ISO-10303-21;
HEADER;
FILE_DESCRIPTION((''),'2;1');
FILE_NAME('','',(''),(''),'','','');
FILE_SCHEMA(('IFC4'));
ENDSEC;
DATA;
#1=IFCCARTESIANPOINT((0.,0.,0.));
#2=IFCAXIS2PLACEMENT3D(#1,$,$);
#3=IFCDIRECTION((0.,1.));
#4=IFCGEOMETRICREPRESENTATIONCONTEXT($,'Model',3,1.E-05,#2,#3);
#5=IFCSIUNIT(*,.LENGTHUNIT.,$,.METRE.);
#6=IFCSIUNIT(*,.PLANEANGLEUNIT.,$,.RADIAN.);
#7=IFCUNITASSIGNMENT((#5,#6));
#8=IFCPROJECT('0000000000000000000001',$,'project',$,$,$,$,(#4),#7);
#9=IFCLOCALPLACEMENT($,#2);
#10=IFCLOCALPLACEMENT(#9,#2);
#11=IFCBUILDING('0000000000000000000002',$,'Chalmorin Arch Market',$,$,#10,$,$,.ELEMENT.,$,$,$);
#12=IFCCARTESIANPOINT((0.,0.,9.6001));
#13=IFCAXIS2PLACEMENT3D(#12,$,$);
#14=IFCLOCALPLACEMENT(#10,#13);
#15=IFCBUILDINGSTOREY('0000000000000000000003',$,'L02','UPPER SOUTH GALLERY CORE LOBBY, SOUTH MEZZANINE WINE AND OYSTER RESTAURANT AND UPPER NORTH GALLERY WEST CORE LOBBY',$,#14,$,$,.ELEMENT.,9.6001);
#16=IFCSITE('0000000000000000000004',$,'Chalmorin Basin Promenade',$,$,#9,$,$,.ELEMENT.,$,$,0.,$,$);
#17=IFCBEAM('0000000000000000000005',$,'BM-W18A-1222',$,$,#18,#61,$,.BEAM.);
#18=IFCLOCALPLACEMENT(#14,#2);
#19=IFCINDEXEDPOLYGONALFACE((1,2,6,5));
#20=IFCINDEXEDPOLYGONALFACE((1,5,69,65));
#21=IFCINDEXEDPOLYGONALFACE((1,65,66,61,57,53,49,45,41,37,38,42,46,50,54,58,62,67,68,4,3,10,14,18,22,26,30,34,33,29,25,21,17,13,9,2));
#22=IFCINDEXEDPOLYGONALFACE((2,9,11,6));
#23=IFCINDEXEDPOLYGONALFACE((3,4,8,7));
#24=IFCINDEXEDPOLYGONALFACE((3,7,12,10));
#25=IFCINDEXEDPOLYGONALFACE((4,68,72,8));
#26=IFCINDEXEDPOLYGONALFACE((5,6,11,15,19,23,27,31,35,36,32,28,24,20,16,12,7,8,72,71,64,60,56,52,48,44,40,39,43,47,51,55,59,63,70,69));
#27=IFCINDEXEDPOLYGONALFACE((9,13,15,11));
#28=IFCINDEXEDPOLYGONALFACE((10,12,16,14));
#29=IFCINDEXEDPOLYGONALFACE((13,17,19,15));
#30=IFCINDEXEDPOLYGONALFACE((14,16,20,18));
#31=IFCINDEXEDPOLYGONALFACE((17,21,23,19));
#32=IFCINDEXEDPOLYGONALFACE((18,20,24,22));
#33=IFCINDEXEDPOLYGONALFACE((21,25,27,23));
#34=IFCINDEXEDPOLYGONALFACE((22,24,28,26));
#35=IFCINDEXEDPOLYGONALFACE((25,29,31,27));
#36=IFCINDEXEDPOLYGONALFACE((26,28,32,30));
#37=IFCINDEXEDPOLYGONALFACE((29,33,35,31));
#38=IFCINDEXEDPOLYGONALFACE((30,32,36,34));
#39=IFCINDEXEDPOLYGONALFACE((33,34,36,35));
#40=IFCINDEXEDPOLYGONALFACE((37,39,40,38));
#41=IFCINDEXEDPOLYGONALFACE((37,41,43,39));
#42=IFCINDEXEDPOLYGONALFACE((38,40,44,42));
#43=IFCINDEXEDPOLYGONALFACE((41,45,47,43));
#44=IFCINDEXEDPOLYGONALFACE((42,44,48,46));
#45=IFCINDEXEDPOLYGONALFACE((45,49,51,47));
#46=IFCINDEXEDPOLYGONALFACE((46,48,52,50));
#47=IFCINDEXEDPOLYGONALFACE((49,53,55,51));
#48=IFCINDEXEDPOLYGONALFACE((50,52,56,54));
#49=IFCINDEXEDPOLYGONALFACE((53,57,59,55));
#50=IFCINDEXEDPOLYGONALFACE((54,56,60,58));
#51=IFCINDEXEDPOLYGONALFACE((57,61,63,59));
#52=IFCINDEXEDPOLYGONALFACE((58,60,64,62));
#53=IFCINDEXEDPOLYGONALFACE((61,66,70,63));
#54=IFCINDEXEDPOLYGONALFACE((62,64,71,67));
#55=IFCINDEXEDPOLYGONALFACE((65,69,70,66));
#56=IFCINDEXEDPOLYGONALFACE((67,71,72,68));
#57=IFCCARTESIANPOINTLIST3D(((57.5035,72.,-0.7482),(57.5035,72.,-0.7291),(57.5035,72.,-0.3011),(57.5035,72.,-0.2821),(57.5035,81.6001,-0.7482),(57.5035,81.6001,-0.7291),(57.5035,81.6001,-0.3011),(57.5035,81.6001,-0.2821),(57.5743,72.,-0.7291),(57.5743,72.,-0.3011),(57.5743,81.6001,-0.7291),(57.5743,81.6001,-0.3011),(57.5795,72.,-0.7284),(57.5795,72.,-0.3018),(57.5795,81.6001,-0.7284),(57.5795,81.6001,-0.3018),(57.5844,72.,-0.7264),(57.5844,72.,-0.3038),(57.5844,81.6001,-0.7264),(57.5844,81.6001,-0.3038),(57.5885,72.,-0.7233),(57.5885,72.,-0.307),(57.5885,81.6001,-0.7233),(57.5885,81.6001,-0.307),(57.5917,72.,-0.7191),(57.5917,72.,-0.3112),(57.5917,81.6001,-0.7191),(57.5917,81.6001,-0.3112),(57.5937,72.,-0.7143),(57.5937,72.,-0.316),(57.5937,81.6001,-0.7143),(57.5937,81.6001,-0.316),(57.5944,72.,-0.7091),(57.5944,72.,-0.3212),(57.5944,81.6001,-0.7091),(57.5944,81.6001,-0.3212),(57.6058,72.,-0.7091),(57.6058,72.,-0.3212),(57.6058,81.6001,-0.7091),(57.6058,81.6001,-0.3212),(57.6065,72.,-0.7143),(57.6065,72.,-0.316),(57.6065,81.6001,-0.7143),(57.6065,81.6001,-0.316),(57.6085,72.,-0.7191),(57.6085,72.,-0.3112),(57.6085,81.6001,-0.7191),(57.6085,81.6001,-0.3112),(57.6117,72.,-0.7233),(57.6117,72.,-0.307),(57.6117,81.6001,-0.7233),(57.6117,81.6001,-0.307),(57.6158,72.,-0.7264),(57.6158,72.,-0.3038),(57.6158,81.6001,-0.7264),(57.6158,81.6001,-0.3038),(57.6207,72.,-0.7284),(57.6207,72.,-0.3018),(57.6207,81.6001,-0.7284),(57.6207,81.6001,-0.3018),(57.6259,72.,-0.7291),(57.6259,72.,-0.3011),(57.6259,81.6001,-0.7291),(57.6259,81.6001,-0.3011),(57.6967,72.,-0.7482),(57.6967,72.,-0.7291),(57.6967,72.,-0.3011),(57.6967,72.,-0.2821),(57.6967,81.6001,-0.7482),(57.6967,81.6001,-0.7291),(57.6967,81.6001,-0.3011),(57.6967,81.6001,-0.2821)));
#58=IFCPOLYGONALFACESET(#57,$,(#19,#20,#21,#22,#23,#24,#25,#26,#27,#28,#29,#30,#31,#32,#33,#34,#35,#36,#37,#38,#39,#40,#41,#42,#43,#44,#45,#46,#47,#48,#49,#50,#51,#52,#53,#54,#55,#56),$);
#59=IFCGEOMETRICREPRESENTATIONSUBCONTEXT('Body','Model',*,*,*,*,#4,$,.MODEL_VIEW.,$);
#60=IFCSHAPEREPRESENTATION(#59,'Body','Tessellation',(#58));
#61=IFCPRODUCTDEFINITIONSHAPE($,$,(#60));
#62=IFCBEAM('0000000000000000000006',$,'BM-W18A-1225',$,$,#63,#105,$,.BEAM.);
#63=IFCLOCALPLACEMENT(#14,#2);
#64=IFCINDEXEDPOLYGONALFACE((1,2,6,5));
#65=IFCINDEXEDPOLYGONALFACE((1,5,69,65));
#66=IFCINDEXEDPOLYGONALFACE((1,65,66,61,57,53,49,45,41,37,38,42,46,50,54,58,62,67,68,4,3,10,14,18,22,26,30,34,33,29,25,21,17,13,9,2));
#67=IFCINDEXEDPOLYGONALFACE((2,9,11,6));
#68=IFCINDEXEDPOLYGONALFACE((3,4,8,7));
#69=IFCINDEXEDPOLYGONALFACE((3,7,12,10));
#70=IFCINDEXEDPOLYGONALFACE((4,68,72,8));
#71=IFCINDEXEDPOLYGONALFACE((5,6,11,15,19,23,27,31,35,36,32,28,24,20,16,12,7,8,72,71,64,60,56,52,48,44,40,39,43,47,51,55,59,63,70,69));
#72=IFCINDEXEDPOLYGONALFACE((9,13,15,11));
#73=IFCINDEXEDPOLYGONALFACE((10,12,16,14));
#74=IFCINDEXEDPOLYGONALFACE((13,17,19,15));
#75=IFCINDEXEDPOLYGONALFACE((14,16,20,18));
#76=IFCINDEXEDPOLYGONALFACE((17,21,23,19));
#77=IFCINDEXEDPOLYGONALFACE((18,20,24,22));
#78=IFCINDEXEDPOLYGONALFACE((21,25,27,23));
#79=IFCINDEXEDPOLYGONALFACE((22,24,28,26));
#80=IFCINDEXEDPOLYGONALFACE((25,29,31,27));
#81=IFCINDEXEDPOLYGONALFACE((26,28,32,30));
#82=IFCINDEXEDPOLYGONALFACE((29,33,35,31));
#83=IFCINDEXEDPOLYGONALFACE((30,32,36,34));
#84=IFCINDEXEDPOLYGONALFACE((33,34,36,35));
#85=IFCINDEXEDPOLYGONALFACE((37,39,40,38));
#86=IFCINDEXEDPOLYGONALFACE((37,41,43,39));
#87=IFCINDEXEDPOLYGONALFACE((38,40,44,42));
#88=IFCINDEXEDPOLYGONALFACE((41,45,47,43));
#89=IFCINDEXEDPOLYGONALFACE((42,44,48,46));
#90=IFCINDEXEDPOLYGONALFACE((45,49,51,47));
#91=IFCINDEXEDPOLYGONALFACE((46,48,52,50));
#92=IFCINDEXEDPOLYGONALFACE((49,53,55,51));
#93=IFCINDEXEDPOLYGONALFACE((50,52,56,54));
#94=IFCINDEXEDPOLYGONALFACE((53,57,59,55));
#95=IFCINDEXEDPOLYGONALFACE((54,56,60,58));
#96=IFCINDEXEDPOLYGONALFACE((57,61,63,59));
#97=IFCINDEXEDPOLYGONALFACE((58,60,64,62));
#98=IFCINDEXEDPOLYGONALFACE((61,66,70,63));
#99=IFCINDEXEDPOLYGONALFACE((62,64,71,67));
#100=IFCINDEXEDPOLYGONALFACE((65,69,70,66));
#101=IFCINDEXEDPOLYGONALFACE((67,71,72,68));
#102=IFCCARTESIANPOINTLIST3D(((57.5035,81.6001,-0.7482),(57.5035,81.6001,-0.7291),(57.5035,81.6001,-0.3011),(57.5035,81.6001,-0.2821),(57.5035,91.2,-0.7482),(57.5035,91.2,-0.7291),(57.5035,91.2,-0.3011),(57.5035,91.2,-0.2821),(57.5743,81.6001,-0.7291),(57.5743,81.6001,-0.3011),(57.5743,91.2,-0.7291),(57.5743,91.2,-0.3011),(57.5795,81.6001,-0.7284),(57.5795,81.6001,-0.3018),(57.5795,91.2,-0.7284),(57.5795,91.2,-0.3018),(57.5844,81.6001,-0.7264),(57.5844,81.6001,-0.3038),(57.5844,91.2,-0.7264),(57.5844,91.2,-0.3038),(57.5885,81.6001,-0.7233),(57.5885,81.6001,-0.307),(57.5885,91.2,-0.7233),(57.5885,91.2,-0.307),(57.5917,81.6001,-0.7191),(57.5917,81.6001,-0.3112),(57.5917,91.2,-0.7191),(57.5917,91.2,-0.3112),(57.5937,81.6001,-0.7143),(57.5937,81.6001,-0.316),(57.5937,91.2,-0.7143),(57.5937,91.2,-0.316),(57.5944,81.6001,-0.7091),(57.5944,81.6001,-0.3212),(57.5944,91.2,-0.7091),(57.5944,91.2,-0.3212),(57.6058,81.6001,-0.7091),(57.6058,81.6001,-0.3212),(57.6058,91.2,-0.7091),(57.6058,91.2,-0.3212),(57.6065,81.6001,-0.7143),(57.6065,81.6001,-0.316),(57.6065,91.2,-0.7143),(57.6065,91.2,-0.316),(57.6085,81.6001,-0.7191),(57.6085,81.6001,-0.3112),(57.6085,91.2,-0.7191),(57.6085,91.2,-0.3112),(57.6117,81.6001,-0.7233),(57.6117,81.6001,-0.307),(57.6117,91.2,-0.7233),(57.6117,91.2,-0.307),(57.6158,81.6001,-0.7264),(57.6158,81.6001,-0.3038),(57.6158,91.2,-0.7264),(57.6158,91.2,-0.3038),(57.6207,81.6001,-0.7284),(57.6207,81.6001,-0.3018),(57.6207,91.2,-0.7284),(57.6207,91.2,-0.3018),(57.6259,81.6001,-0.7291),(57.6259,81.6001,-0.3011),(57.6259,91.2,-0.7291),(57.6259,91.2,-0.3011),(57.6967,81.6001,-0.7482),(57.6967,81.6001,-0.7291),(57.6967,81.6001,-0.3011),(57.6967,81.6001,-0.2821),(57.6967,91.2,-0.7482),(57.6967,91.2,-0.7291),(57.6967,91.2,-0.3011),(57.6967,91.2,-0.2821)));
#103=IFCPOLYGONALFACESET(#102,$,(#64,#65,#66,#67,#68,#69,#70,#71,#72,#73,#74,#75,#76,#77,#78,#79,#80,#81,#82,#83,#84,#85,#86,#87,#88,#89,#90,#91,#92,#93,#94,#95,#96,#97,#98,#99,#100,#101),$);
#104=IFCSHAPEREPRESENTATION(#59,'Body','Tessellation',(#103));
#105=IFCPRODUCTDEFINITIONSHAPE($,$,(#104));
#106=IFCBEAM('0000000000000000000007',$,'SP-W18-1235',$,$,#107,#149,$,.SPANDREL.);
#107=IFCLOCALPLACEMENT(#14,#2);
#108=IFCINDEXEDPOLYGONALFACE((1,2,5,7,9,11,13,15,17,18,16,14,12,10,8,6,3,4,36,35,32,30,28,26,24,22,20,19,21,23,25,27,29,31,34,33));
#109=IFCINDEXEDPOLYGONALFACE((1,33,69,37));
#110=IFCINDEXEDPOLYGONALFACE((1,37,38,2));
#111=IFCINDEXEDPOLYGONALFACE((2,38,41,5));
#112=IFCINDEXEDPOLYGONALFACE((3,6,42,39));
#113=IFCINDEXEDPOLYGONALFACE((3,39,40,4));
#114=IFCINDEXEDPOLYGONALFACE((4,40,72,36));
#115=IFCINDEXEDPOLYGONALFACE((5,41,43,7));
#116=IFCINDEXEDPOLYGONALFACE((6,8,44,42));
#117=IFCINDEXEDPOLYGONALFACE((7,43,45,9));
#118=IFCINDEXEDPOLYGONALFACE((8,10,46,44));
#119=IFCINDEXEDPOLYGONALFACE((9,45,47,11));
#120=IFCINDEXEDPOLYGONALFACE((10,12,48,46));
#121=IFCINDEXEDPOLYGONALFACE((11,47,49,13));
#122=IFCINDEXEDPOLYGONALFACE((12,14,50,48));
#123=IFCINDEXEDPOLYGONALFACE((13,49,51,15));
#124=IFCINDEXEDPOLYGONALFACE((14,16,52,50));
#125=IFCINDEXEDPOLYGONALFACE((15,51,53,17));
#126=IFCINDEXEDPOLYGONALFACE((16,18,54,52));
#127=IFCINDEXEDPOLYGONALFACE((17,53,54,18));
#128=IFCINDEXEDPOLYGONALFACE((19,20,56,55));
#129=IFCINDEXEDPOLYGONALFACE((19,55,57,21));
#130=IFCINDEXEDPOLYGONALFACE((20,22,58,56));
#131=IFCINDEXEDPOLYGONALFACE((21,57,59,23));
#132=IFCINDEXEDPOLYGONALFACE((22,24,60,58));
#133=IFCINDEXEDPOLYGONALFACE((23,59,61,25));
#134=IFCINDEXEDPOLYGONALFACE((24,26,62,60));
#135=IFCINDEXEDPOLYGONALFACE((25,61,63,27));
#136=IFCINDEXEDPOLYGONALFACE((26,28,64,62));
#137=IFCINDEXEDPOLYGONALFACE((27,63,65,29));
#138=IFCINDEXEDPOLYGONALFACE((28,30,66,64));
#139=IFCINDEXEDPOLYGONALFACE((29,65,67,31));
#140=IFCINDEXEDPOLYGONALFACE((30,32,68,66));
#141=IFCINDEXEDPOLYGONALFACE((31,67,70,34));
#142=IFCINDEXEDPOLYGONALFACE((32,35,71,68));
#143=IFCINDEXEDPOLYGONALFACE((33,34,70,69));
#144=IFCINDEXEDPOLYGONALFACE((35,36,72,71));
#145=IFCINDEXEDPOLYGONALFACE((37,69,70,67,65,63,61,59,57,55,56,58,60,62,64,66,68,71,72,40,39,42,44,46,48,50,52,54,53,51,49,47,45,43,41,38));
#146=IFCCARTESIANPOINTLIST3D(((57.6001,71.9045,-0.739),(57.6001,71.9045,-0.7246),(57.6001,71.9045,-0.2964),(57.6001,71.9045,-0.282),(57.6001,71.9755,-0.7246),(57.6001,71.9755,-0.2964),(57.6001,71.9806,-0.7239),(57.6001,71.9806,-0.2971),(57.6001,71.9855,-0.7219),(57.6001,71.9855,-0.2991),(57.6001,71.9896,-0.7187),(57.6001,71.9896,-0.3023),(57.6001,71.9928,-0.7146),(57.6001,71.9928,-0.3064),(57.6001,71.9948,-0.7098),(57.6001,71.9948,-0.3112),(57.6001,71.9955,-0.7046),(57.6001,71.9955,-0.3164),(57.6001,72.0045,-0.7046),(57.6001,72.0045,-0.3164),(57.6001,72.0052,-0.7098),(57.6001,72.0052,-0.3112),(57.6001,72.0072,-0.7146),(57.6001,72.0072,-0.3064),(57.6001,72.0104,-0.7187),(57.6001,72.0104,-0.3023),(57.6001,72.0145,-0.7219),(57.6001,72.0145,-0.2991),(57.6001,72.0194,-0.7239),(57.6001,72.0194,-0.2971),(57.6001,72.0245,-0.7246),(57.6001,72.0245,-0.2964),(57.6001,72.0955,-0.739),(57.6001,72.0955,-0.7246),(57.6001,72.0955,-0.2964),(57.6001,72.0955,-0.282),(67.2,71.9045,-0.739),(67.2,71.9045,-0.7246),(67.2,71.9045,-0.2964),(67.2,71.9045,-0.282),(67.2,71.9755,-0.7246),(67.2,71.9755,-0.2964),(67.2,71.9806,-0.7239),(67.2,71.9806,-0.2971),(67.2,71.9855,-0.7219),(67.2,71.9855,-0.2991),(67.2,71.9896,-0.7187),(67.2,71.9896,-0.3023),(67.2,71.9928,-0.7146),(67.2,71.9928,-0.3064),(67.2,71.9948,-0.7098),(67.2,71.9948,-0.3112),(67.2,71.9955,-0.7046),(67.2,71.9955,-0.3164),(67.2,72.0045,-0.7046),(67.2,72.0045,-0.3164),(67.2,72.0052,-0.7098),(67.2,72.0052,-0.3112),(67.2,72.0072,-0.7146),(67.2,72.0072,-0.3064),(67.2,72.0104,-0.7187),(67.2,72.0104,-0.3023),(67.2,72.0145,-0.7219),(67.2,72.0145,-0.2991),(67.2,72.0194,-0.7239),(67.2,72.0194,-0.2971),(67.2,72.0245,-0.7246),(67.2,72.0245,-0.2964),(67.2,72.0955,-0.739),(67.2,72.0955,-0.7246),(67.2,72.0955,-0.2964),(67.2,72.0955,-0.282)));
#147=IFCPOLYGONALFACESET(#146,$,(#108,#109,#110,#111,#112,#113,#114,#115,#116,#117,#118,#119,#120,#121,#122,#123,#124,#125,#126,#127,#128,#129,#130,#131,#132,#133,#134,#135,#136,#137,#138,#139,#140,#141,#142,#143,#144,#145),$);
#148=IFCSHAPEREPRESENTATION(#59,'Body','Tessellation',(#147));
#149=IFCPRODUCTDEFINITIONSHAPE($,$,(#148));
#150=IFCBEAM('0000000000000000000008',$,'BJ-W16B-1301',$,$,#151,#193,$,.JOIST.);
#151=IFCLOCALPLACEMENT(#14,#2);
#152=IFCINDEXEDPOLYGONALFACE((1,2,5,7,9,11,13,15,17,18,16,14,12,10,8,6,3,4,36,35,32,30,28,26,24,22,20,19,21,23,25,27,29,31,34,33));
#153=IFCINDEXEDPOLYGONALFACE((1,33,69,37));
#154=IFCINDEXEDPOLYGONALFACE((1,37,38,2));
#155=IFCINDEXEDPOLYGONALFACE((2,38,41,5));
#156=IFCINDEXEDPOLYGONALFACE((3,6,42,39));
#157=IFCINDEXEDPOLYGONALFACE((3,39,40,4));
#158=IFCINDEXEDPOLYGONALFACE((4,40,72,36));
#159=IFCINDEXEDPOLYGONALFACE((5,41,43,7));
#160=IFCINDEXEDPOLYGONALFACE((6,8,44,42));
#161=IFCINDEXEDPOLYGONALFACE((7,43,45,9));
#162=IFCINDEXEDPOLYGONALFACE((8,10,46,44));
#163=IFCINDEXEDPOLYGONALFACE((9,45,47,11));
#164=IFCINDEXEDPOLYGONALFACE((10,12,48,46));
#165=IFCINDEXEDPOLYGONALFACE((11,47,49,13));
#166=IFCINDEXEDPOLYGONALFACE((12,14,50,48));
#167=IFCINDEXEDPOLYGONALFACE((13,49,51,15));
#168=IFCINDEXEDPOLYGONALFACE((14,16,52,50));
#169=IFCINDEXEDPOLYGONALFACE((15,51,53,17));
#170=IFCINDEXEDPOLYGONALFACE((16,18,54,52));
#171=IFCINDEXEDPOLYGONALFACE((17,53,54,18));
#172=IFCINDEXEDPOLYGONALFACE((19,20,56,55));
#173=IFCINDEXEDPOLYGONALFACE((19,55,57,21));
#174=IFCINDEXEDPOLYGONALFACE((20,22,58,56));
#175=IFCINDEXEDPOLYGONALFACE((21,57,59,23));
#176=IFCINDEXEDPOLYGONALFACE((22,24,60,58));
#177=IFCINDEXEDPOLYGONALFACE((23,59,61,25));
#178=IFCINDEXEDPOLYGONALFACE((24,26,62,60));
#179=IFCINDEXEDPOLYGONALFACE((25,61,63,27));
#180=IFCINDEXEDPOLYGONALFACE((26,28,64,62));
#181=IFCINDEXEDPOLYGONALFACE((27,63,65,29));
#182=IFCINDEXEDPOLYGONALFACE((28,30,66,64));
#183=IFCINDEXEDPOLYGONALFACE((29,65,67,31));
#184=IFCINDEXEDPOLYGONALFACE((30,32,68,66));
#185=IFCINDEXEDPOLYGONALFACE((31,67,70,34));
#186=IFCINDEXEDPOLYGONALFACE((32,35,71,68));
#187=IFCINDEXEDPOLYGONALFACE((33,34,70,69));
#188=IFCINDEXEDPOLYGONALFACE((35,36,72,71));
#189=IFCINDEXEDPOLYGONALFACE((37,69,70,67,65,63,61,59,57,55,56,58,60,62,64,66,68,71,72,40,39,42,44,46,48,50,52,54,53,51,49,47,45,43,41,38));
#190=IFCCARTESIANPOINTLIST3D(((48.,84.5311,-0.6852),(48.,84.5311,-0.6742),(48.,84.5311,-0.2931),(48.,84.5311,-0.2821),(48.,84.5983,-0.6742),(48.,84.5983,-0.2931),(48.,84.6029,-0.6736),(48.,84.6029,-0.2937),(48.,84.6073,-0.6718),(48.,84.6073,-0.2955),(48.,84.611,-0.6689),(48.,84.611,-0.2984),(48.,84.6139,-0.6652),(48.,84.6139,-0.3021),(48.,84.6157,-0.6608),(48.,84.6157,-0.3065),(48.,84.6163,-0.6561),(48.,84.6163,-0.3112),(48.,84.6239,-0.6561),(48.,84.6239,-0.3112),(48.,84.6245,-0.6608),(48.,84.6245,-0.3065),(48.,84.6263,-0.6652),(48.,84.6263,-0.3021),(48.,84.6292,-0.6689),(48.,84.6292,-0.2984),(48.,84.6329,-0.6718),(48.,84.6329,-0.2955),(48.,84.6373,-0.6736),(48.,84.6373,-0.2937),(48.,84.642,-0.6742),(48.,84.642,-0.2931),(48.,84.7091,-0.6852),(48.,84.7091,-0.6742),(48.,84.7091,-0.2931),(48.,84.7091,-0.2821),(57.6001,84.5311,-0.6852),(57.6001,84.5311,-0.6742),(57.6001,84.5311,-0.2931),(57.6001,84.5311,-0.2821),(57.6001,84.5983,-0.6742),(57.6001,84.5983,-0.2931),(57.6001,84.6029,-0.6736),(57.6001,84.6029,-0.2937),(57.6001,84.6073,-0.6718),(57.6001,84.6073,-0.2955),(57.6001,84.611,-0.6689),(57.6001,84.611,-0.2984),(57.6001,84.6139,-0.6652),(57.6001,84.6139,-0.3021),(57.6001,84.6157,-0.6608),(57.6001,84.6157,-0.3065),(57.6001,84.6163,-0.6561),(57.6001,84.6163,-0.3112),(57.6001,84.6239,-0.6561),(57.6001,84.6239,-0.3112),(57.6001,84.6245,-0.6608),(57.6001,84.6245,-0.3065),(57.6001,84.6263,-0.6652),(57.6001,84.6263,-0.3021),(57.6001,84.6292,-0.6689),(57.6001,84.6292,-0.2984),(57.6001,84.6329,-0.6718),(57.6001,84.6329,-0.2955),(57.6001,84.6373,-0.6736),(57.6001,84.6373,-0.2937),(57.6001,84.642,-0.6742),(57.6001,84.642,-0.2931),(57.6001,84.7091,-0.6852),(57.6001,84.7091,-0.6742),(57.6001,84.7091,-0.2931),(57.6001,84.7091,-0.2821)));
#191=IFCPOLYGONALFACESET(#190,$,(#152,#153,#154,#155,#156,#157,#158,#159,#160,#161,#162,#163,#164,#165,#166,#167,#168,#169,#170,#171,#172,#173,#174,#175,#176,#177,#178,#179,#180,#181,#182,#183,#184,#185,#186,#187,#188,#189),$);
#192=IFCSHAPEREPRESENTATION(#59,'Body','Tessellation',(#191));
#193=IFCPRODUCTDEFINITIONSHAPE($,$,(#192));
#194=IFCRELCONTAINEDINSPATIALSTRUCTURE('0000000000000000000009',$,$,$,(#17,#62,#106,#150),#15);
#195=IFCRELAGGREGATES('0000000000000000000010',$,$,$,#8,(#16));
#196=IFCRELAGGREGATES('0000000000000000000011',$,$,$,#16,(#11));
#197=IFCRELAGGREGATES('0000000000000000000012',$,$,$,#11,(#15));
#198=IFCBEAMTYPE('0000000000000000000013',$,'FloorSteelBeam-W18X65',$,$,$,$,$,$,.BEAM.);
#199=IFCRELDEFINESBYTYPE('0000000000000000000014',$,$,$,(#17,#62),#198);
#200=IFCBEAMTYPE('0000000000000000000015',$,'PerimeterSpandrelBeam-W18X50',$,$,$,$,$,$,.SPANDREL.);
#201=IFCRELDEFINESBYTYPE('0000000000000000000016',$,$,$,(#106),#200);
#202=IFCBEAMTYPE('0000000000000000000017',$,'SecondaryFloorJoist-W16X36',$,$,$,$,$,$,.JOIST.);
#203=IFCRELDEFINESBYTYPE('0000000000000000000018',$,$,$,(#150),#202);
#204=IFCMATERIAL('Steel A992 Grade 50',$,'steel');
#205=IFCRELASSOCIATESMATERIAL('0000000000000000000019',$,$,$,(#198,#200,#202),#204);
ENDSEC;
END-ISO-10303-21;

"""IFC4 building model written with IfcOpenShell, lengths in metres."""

from ifc_helpers import new_model, si_unit, direction, frame, origin, origin_2d, place, context, subcontext, project, spatial, i_section, extrude, material, material_profile, profile_set, type_object, element, save


model = new_model("IFC4")

# Units and contexts
model_context = context("Model", 3, precision=1e-05, world=origin(), true_north=direction((0.0, 1.0)))
body_context = subcontext(model_context, "Body", "Model", "MODEL_VIEW")
ifc_project = project(units=[si_unit("LENGTHUNIT", "METRE"), si_unit("PLANEANGLEUNIT", "RADIAN")], contexts=[model_context])

# Site, building, storey
site_placement = place(None, origin())
site = spatial("IfcSite", under=ifc_project, at=site_placement, Name="Chalmorin Basin Promenade", CompositionType="ELEMENT", RefElevation=0.0)
building_placement = place(site_placement, origin())
building = spatial("IfcBuilding", under=site, at=building_placement, Name="Chalmorin Arch Market", CompositionType="ELEMENT")
storey_placement = place(building_placement, frame((0.0, 0.0, 9.6001)))
storey = spatial("IfcBuildingStorey", under=building, at=storey_placement, Name="L02", Description="UPPER SOUTH GALLERY CORE LOBBY, SOUTH MEZZANINE WINE AND OYSTER RESTAURANT AND UPPER NORTH GALLERY WEST CORE LOBBY", CompositionType="ELEMENT", Elevation=9.6001)

# Beams
ifc_material_1 = material(Name="Steel A992 Grade 50", Category="steel")
ifc_material_profile_1 = material_profile(ifc_material_1, i_section(OverallWidth=0.1931, OverallDepth=0.4661, WebThickness=0.0115, FlangeThickness=0.019, FilletRadius=0.02, at=origin_2d()), Name="W18X65")
ifc_profile_set_1 = profile_set([ifc_material_profile_1], Name="Steel A992 Grade 50")
beam_type_1 = type_object("IfcBeamType", Name="FloorSteelBeam-W18X65", PredefinedType="BEAM", material=ifc_profile_set_1)
beam_1_placement = place(storey_placement, frame((57.6001, 72.0, -0.5151), z_axis=(0.0, 1.0, 0.0), x_axis=(-1.0, 0.0, 0.0)))
element("IfcBeam", 1, at=beam_1_placement, inside=storey, type_object=beam_type_1, Name="BM-W18A-1222", PredefinedType="BEAM", context=body_context, shape_type="SweptSolid", body=[
    extrude(i_section(OverallWidth=0.1931, OverallDepth=0.4661, WebThickness=0.0115, FlangeThickness=0.019, FilletRadius=0.02, at=origin_2d()), origin(), (0.0, 0.0, 1.0), 9.6001),
])
beam_2_placement = place(storey_placement, frame((57.6001, 81.6001, -0.5151), z_axis=(0.0, 1.0, 0.0), x_axis=(-1.0, 0.0, 0.0)))
element("IfcBeam", 2, at=beam_2_placement, inside=storey, type_object=beam_type_1, Name="BM-W18A-1225", PredefinedType="BEAM", context=body_context, shape_type="SweptSolid", body=[
    extrude(i_section(OverallWidth=0.1931, OverallDepth=0.4661, WebThickness=0.0115, FlangeThickness=0.019, FilletRadius=0.02, at=origin_2d()), origin(), (0.0, 0.0, 1.0), 9.5999),
])
ifc_material_profile_2 = material_profile(ifc_material_1, i_section(OverallWidth=0.1909, OverallDepth=0.457, WebThickness=0.009, FlangeThickness=0.0144, FilletRadius=0.02, at=origin_2d()), Name="W18X50")
ifc_profile_set_2 = profile_set([ifc_material_profile_2], Name="Steel A992 Grade 50")
beam_type_2 = type_object("IfcBeamType", Name="PerimeterSpandrelBeam-W18X50", PredefinedType="SPANDREL", material=ifc_profile_set_2)
beam_3_placement = place(storey_placement, frame((57.6001, 72.0, -0.5105), z_axis=(1.0, 0.0, 0.0), x_axis=(0.0, 1.0, 0.0)))
element("IfcBeam", 3, at=beam_3_placement, inside=storey, type_object=beam_type_2, Name="SP-W18-1235", PredefinedType="SPANDREL", context=body_context, shape_type="SweptSolid", body=[
    extrude(i_section(OverallWidth=0.1909, OverallDepth=0.457, WebThickness=0.009, FlangeThickness=0.0144, FilletRadius=0.02, at=origin_2d()), origin(), (0.0, 0.0, 1.0), 9.5999),
])
ifc_material_profile_3 = material_profile(ifc_material_1, i_section(OverallWidth=0.178, OverallDepth=0.4031, WebThickness=0.0076, FlangeThickness=0.011, FilletRadius=0.0181, at=origin_2d()), Name="W16X36")
ifc_profile_set_3 = profile_set([ifc_material_profile_3], Name="Steel A992 Grade 50")
beam_type_3 = type_object("IfcBeamType", Name="SecondaryFloorJoist-W16X36", PredefinedType="JOIST", material=ifc_profile_set_3)
beam_4_placement = place(storey_placement, frame((48.0, 84.6201, -0.4836), z_axis=(1.0, 0.0, 0.0), x_axis=(0.0, 1.0, 0.0)))
element("IfcBeam", 4, at=beam_4_placement, inside=storey, type_object=beam_type_3, Name="BJ-W16B-1301", PredefinedType="JOIST", context=body_context, shape_type="SweptSolid", body=[
    extrude(i_section(OverallWidth=0.178, OverallDepth=0.4031, WebThickness=0.0076, FlangeThickness=0.011, FilletRadius=0.0181, at=origin_2d()), origin(), (0.0, 0.0, 1.0), 9.6001),
])

save(model, "model.ifc")
